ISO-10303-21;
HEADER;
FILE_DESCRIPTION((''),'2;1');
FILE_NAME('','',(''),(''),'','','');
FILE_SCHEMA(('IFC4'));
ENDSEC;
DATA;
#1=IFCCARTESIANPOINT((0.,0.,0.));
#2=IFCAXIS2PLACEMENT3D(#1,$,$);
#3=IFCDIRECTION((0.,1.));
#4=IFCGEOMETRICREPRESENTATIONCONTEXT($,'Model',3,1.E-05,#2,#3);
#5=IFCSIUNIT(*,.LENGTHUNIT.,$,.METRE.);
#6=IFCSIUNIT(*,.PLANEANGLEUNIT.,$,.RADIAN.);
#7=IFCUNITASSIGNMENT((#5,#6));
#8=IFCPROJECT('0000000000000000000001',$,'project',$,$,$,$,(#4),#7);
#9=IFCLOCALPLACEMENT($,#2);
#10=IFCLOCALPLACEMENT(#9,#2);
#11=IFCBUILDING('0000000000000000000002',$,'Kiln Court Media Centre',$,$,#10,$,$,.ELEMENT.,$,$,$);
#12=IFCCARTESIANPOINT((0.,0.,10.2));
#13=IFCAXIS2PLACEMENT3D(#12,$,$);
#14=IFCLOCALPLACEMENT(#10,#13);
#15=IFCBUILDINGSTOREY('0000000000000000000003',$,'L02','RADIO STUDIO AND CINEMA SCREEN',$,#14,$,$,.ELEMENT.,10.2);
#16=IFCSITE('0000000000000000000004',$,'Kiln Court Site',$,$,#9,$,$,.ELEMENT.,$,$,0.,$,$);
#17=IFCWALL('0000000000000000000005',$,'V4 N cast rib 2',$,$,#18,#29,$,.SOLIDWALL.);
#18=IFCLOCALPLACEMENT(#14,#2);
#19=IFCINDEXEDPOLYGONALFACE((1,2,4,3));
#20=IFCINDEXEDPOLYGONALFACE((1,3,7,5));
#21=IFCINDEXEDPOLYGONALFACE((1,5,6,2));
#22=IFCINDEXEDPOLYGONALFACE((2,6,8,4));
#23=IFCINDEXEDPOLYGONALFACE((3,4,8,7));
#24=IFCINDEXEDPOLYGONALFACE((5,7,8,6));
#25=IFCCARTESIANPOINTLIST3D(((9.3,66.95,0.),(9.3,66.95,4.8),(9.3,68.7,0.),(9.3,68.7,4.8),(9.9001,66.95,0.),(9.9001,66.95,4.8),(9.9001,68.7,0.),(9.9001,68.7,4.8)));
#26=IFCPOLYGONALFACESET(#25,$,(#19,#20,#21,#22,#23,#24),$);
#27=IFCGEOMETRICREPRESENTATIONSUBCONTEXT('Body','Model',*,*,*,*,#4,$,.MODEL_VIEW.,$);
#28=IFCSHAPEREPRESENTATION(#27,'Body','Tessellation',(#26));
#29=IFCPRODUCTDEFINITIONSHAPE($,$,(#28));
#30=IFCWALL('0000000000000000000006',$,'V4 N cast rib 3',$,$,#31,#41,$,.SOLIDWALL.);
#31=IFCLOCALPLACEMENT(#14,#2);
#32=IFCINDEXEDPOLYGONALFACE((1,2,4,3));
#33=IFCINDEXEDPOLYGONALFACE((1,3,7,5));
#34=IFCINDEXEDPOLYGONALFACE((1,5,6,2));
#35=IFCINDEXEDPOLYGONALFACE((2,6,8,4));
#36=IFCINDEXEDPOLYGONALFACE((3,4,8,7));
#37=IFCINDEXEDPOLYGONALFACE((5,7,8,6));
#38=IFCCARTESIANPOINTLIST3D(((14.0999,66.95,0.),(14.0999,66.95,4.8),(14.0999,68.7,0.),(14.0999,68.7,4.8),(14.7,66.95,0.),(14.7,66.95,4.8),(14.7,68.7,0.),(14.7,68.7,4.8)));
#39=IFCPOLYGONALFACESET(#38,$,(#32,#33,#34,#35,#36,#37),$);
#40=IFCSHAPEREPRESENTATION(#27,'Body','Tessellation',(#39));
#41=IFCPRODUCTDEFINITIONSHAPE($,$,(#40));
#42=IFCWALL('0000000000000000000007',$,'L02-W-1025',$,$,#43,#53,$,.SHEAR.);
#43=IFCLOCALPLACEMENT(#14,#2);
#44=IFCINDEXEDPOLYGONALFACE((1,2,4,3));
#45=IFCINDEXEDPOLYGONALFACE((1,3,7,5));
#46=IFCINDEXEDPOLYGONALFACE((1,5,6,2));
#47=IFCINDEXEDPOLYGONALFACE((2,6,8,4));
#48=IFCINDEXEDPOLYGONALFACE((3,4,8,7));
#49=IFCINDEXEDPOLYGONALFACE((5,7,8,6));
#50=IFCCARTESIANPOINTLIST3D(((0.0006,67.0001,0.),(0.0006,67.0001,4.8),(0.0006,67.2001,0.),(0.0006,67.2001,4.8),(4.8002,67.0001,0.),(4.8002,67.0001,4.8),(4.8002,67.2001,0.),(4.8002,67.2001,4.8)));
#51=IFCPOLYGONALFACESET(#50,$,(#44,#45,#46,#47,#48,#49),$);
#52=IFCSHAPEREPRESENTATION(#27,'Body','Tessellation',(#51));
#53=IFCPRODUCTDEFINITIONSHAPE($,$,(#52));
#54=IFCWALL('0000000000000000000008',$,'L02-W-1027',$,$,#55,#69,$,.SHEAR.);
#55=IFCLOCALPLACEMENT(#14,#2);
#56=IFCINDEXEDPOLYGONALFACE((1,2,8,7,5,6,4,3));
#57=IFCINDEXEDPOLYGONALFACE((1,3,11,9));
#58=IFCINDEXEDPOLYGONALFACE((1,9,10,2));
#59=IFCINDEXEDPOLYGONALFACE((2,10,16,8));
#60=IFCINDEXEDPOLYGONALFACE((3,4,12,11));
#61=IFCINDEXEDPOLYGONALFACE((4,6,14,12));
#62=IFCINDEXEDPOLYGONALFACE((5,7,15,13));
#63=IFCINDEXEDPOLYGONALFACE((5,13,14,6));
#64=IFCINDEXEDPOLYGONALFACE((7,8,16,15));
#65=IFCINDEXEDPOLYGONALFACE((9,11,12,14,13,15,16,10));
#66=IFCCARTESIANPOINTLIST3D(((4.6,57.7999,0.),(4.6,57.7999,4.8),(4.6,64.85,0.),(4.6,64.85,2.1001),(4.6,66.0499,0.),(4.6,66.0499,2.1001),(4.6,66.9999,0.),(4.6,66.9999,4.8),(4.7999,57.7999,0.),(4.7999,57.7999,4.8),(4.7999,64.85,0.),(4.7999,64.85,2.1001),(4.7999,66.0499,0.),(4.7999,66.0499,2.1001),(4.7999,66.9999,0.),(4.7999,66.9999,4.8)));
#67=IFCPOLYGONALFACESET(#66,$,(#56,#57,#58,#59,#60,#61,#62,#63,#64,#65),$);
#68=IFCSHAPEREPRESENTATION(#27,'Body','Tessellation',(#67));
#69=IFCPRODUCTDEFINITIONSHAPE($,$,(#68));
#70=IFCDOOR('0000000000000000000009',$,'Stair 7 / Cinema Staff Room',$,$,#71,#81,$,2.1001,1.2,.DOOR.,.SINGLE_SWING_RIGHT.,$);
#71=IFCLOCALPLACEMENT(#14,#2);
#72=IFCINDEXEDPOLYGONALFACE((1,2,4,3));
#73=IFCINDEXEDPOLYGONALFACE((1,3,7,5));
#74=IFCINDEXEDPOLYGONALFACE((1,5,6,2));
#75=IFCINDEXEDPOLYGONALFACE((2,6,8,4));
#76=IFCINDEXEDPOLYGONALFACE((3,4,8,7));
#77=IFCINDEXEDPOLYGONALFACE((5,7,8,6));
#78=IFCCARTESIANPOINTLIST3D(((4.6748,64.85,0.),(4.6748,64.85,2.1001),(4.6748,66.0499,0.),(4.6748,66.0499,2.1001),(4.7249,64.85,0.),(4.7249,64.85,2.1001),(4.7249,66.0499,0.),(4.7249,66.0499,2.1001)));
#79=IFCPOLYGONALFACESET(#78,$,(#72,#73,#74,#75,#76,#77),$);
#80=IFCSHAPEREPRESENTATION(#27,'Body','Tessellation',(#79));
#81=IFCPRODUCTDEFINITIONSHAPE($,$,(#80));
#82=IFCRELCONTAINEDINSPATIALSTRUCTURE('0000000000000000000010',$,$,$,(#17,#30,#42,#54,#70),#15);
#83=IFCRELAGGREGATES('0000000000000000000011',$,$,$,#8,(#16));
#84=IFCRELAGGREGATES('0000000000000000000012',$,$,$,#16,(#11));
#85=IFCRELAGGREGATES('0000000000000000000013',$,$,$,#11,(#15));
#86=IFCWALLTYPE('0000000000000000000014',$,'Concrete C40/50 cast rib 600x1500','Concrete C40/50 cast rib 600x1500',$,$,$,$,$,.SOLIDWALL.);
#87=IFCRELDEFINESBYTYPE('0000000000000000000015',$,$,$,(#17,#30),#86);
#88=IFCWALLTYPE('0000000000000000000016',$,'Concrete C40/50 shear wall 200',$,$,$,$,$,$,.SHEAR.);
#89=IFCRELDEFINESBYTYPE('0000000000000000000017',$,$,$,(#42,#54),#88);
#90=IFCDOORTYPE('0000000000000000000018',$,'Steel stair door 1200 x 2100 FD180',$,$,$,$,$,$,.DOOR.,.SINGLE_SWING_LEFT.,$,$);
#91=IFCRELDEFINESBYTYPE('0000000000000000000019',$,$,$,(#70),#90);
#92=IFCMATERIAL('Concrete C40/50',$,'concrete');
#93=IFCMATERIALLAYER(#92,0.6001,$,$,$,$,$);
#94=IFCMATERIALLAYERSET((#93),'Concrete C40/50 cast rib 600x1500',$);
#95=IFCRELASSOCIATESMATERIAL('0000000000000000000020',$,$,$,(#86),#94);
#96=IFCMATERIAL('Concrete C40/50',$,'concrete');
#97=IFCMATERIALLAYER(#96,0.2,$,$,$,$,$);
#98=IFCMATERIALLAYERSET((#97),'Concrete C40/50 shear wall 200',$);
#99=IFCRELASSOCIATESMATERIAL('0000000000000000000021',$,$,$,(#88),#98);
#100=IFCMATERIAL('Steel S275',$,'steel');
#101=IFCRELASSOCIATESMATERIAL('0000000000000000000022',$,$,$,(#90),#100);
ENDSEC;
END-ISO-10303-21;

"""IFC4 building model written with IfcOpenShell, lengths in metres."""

from ifc_helpers import new_model, si_unit, direction, frame, frame_2d, origin, place, context, subcontext, project, spatial, rectangle, extrude, material, layer, layer_set, type_object, element, fill, save


model = new_model("IFC4")

# Units and contexts
model_context = context("Model", 3, precision=1e-05, world=origin(), true_north=direction((0.0, 1.0)))
body_context = subcontext(model_context, "Body", "Model", "MODEL_VIEW")
ifc_project = project(units=[si_unit("LENGTHUNIT", "METRE"), si_unit("PLANEANGLEUNIT", "RADIAN")], contexts=[model_context])

# Site, building, storey
site_placement = place(None, origin())
site = spatial("IfcSite", under=ifc_project, at=site_placement, Name="Kiln Court Site", CompositionType="ELEMENT", RefElevation=0.0)
building_placement = place(site_placement, origin())
building = spatial("IfcBuilding", under=site, at=building_placement, Name="Kiln Court Media Centre", CompositionType="ELEMENT")
storey_placement = place(building_placement, frame((0.0, 0.0, 10.2)))
storey = spatial("IfcBuildingStorey", under=building, at=storey_placement, Name="L02", Description="RADIO STUDIO AND CINEMA SCREEN", CompositionType="ELEMENT", Elevation=10.2)

# Walls
ifc_material_1 = material(Name="Concrete C40/50", Category="concrete")
ifc_layer_1 = layer(ifc_material_1, 0.6001)
ifc_layer_set_1 = layer_set([ifc_layer_1], Name="Concrete C40/50 cast rib 600x1500")
wall_type_1 = type_object("IfcWallType", Name="Concrete C40/50 cast rib 600x1500", Description="Concrete C40/50 cast rib 600x1500", PredefinedType="SOLIDWALL", material=ifc_layer_set_1)
for number, where, z_axis, x_axis, name in (
    (1, (9.6001, 66.95, 0.0), (0.0, 0.0, 1.0), (0.0, 1.0, 0.0), "V4 N cast rib 2"),
    (2, (14.3999, 66.95, 0.0), (0.0, 0.0, 1.0), (0.0, 1.0, 0.0), "V4 N cast rib 3"),
):
    element("IfcWall", number, at=place(storey_placement, frame(where, z_axis=z_axis, x_axis=x_axis)), inside=storey, type_object=wall_type_1, Name=name, PredefinedType="SOLIDWALL", context=body_context, shape_type="SweptSolid", body=[
        extrude(rectangle(XDim=1.75, YDim=0.6001, at=frame_2d((0.875, 0.0))), origin(), (0.0, 0.0, 1.0), 4.8),
    ])
ifc_material_2 = material(Name="Concrete C40/50", Category="concrete")
ifc_layer_2 = layer(ifc_material_2, 0.2)
ifc_layer_set_2 = layer_set([ifc_layer_2], Name="Concrete C40/50 shear wall 200")
wall_type_2 = type_object("IfcWallType", Name="Concrete C40/50 shear wall 200", PredefinedType="SHEAR", material=ifc_layer_set_2)
wall_1_placement = place(storey_placement, frame((0.0005, 67.1001, 0.0), z_axis=(0.0, 0.0, 1.0), x_axis=(1.0, 0.0, 0.0)))
element("IfcWall", 3, at=wall_1_placement, inside=storey, type_object=wall_type_2, Name="L02-W-1025", PredefinedType="SHEAR", context=body_context, shape_type="SweptSolid", body=[
    extrude(rectangle(XDim=4.7996, YDim=0.2, at=frame_2d((2.3999, 0.0))), origin(), (0.0, 0.0, 1.0), 4.8),
])

# Wall, opening, door
wall_2_placement = place(storey_placement, frame((4.7, 67.0, 0.0), z_axis=(0.0, 0.0, 1.0), x_axis=(0.0, -1.0, 0.0)))
wall_2 = element("IfcWall", 4, at=wall_2_placement, inside=storey, type_object=wall_type_2, Name="L02-W-1027", PredefinedType="SHEAR", context=body_context, shape_type="SweptSolid", body=[
    extrude(rectangle(XDim=9.2, YDim=0.2, at=frame_2d((4.6001, 0.0))), origin(), (0.0, 0.0, 1.0), 4.8),
])
opening_1_placement = place(wall_2_placement, frame((0.95, 0.0, 0.0)))
opening_1 = element("IfcOpeningElement", 5, at=opening_1_placement, cuts=wall_2, PredefinedType="OPENING", context=body_context, shape_type="SweptSolid", body=[
    extrude(rectangle(XDim=1.2, YDim=2.1001, at=frame_2d((0.6001, 1.05))), frame((0.0, 0.1099, 0.0), z_axis=(0.0, -1.0, 0.0), x_axis=(1.0, 0.0, 0.0)), (0.0, 0.0, 1.0), 0.22),
])
ifc_material_3 = material(Name="Steel S275", Category="steel")
door_type = type_object("IfcDoorType", Name="Steel stair door 1200 x 2100 FD180", OperationType="SINGLE_SWING_LEFT", PredefinedType="DOOR", material=ifc_material_3)
door_placement = place(opening_1_placement, origin())
door = element("IfcDoor", 6, at=door_placement, inside=storey, type_object=door_type, Name="Stair 7 / Cinema Staff Room", OperationType="SINGLE_SWING_RIGHT", OverallHeight=2.1001, OverallWidth=1.2, PredefinedType="DOOR", context=body_context, shape_type="SweptSolid", body=[
    extrude(rectangle(XDim=1.2, YDim=2.1001, at=frame_2d((0.6001, 1.05))), frame((0.0, 0.0249, 0.0), z_axis=(0.0, -1.0, 0.0), x_axis=(1.0, 0.0, 0.0)), (0.0, 0.0, 1.0), 0.05),
])
fill(opening_1, door)

save(model, "model.ifc")
